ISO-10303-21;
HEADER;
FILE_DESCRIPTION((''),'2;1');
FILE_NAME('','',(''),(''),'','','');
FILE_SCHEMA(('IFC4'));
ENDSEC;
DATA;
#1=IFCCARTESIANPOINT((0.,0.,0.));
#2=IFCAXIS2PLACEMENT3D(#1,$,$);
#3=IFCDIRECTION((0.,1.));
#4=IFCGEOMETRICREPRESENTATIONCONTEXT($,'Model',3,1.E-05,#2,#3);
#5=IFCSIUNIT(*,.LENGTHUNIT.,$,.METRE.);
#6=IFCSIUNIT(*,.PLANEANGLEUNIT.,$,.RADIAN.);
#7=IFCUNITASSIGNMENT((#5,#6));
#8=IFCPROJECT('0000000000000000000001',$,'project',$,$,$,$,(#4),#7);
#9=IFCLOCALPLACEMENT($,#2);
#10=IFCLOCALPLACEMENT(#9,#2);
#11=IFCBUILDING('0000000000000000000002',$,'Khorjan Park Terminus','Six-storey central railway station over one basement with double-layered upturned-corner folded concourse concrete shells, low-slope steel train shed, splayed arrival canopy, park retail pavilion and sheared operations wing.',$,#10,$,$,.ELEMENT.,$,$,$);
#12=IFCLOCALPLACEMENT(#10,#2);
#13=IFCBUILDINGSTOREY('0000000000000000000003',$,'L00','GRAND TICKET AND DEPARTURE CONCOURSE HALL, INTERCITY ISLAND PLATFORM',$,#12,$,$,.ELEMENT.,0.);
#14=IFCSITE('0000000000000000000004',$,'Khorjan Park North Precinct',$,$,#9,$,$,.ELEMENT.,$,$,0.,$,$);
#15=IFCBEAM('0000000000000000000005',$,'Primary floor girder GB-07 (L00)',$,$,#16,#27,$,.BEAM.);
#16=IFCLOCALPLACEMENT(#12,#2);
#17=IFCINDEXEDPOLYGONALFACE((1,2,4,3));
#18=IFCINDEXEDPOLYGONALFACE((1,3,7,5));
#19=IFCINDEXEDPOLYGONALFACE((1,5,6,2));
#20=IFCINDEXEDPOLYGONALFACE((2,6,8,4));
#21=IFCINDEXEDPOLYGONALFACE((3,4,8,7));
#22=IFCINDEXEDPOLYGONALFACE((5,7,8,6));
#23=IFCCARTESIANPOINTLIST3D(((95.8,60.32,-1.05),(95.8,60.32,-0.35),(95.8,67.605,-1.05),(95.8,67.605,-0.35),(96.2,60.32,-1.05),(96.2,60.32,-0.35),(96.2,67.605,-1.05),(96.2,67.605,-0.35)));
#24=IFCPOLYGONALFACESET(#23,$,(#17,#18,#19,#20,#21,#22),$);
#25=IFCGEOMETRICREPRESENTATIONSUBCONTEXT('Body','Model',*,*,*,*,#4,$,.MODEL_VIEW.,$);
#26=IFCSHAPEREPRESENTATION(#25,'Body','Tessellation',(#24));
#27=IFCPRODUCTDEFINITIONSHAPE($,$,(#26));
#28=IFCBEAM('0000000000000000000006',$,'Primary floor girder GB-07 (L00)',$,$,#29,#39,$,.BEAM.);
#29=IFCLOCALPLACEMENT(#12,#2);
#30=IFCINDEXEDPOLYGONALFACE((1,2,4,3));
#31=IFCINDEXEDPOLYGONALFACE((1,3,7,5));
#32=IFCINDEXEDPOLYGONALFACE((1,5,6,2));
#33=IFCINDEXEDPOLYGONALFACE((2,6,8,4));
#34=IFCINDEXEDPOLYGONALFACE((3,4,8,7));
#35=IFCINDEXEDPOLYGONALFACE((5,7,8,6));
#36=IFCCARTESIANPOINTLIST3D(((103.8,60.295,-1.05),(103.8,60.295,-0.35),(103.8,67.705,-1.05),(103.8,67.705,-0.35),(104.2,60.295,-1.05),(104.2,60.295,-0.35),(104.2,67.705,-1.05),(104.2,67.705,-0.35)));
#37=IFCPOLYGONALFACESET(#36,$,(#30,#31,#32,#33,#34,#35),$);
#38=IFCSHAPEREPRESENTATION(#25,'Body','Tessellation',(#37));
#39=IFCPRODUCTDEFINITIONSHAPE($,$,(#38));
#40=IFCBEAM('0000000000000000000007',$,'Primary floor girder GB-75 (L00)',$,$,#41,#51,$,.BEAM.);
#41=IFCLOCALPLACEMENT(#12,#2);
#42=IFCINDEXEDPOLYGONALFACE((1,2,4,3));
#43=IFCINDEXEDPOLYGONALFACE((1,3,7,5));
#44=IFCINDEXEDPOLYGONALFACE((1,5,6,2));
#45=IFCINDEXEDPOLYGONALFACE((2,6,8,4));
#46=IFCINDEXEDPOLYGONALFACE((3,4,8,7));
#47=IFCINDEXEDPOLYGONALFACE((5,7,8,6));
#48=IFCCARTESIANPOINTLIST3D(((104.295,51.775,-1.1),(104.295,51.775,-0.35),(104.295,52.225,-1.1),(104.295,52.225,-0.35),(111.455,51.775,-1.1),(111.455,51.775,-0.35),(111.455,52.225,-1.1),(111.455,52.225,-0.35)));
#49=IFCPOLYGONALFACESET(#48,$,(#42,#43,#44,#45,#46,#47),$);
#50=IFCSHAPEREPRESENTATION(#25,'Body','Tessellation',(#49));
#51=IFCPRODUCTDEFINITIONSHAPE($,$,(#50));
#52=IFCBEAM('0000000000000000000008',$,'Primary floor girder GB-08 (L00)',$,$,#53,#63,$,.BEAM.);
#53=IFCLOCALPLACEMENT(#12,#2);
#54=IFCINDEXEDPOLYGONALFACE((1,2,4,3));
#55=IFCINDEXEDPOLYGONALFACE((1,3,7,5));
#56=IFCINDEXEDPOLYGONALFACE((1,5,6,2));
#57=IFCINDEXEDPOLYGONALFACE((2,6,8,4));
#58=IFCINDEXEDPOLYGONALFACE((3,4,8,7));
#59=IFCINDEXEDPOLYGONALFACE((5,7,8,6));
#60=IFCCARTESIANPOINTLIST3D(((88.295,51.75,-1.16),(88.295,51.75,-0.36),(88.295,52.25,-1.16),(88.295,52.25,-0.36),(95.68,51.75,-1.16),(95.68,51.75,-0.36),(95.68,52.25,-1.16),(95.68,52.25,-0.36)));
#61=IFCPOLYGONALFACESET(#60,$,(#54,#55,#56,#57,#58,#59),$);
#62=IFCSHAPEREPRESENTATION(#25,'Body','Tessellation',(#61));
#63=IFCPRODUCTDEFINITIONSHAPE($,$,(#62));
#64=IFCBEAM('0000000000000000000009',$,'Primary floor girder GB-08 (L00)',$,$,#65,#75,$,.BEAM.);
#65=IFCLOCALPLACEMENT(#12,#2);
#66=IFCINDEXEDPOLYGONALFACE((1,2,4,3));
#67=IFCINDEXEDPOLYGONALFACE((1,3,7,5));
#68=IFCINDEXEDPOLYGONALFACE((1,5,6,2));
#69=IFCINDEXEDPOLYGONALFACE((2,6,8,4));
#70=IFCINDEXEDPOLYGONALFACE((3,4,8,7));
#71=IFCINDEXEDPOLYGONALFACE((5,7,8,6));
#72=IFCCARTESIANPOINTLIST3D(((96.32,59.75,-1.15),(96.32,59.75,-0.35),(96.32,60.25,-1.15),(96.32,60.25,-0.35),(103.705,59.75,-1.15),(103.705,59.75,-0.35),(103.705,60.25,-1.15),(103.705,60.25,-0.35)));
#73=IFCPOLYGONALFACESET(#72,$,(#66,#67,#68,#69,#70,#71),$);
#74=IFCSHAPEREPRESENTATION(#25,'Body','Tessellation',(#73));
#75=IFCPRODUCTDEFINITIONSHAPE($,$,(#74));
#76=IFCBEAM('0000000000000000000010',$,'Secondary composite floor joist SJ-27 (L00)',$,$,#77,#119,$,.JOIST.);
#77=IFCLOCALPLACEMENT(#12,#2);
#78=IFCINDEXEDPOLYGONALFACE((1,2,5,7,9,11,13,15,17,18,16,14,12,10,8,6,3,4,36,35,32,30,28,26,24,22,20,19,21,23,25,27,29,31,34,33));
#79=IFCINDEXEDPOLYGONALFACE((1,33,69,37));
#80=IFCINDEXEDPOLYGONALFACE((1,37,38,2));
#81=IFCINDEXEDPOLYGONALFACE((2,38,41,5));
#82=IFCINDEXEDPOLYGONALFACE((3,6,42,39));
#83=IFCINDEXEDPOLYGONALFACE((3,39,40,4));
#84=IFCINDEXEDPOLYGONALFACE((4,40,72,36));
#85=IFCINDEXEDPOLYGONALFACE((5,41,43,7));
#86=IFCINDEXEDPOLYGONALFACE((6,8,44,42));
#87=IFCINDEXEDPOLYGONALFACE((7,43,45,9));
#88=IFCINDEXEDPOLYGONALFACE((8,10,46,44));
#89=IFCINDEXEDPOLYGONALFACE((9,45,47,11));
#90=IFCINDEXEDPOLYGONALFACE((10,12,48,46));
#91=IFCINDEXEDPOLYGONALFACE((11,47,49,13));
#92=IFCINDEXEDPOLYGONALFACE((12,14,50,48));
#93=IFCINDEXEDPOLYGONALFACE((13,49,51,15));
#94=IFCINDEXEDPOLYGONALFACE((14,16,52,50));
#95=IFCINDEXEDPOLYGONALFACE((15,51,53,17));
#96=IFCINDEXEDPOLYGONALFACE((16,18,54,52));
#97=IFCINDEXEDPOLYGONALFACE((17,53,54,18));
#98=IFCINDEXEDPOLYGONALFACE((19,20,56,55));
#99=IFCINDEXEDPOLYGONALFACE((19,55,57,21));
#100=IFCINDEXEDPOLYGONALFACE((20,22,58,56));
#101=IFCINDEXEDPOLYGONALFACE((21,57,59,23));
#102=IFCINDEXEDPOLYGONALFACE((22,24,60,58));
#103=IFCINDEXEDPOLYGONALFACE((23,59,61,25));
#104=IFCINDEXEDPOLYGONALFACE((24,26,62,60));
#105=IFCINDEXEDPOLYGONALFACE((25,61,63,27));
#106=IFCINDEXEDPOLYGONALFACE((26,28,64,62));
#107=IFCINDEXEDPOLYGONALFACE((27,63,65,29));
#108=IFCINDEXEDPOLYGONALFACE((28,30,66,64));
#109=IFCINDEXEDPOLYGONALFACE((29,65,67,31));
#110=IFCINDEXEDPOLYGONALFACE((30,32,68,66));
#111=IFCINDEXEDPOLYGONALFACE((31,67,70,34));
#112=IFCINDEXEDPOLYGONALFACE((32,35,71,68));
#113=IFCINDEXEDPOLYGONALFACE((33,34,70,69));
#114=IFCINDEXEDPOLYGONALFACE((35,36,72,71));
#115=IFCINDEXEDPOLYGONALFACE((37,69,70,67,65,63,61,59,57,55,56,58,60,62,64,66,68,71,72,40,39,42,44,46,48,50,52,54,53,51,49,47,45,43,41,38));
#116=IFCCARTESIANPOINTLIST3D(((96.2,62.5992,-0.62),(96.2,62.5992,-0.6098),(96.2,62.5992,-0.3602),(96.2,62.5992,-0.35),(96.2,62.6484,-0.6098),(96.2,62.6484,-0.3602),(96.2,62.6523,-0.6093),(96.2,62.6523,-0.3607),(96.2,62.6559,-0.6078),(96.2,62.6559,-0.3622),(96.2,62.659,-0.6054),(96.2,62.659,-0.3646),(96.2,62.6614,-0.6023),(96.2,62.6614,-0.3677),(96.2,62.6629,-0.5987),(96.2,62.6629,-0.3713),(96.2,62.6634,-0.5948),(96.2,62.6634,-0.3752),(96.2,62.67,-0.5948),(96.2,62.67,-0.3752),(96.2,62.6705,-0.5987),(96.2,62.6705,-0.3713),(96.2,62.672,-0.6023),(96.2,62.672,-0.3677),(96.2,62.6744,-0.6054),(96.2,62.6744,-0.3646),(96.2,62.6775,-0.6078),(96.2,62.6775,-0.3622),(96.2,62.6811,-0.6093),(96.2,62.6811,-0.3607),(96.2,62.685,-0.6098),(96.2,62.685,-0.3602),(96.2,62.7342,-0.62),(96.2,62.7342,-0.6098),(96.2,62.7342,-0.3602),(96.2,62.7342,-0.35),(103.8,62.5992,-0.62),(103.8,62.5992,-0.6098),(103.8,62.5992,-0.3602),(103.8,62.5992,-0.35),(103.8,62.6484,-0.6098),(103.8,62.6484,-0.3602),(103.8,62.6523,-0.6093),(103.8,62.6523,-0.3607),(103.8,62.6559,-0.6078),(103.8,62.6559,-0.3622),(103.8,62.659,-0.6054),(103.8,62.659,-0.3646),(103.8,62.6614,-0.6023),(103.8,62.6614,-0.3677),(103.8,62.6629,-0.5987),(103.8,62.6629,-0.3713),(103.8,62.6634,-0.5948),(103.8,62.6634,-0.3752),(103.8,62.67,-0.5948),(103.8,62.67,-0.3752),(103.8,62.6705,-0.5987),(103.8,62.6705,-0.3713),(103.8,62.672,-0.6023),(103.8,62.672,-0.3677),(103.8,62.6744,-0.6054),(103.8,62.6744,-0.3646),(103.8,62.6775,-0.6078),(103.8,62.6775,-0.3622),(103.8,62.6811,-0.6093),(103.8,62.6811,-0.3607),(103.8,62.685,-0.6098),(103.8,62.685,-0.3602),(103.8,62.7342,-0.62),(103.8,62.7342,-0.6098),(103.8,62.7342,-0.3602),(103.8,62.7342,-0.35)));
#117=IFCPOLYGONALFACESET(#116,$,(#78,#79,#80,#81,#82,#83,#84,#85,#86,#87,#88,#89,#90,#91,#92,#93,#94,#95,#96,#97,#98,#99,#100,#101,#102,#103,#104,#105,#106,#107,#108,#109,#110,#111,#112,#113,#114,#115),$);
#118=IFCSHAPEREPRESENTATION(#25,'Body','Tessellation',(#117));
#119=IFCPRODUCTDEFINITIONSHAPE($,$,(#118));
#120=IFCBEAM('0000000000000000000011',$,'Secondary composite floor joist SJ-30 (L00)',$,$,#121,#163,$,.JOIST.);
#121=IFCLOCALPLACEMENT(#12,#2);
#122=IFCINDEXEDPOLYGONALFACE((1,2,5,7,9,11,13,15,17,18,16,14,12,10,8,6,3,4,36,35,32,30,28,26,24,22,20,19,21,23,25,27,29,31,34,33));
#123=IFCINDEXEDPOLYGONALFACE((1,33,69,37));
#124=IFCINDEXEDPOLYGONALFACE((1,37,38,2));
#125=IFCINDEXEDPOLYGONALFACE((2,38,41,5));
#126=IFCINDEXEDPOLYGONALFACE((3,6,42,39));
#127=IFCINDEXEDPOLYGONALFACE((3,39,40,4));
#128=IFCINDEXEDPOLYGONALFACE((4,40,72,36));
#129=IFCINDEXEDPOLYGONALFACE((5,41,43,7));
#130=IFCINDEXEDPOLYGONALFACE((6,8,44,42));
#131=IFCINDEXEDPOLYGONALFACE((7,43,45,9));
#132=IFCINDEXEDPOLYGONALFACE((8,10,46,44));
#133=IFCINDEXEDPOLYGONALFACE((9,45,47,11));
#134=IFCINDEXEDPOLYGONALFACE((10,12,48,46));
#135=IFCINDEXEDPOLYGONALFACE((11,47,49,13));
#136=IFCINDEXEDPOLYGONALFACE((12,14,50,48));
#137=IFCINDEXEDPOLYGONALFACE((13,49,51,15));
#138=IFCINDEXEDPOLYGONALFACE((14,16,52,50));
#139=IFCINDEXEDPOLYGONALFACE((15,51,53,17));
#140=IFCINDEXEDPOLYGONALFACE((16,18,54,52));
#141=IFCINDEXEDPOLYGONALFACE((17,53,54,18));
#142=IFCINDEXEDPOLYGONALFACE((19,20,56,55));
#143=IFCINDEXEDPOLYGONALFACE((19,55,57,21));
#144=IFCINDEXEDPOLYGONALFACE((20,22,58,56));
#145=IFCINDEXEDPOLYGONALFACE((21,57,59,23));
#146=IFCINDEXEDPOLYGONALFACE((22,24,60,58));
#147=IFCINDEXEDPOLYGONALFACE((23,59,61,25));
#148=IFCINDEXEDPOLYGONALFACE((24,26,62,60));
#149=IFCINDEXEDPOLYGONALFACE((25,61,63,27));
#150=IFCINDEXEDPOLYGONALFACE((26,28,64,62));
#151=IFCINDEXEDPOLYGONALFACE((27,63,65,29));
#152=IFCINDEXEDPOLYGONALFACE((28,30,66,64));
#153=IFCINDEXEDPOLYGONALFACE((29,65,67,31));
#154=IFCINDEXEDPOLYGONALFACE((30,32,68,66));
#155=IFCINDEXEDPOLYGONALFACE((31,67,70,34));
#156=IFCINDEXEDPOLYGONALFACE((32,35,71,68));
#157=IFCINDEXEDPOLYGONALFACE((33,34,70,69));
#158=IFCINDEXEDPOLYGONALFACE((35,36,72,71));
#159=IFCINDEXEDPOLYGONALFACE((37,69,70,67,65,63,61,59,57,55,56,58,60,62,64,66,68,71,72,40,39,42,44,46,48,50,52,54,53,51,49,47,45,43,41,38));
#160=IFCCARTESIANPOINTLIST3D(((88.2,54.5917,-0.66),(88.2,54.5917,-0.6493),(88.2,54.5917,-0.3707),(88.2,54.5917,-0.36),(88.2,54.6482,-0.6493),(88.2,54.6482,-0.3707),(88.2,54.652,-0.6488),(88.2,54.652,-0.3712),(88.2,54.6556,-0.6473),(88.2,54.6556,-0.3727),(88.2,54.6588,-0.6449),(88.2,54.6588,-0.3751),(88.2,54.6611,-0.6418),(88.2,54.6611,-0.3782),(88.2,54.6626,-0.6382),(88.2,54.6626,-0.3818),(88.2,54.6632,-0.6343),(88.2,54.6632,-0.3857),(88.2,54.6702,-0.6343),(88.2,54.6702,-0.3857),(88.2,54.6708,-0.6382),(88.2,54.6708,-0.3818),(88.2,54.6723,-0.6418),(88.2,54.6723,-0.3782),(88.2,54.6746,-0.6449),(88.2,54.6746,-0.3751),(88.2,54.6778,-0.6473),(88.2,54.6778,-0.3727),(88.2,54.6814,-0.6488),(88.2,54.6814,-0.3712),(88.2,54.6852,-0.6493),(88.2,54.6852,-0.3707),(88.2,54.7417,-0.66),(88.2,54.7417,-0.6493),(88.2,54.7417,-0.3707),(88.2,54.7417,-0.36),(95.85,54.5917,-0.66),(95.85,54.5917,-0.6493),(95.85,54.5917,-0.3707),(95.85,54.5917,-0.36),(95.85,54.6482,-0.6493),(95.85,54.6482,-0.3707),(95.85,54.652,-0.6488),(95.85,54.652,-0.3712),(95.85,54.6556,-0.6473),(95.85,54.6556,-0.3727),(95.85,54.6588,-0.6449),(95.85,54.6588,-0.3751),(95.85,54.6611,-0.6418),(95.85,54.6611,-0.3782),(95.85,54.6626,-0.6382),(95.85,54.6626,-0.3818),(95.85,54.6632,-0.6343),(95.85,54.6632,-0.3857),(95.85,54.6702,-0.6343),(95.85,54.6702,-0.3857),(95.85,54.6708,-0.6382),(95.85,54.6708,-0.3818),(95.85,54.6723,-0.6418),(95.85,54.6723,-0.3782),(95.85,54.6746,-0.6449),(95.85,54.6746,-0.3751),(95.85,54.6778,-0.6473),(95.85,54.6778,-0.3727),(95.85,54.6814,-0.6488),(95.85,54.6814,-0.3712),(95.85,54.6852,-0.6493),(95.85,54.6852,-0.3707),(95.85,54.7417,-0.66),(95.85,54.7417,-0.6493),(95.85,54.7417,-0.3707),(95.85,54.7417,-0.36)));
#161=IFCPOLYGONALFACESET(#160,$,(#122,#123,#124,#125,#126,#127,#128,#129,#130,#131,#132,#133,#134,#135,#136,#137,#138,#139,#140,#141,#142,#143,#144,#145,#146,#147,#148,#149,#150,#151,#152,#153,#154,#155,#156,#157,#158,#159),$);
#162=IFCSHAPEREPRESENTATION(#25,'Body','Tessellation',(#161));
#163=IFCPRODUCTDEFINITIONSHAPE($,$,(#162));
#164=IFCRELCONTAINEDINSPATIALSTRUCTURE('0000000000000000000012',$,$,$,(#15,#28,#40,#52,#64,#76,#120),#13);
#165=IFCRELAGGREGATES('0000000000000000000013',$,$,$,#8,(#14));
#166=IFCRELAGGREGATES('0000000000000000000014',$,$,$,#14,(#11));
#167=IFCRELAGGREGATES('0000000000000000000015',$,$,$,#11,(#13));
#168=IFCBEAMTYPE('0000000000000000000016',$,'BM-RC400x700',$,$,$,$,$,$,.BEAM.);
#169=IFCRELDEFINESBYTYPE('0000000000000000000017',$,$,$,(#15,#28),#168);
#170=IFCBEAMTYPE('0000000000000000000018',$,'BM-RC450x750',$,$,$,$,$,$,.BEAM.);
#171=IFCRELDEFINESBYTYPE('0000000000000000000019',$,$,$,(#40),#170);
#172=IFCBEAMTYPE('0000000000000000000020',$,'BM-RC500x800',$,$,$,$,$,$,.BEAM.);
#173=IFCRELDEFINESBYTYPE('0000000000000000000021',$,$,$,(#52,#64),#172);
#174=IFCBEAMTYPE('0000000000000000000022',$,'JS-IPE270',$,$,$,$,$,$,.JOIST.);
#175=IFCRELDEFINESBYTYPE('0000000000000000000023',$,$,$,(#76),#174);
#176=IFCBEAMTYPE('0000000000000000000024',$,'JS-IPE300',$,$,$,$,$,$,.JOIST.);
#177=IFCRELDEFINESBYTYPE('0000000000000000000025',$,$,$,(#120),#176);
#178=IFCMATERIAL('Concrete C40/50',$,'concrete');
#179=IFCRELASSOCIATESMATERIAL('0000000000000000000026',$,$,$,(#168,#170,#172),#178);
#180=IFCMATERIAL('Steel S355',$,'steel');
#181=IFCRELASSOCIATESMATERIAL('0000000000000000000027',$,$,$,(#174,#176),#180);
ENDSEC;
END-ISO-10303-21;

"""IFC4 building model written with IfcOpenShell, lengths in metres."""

from ifc_helpers import new_model, si_unit, direction, frame, origin, origin_2d, place, context, subcontext, project, spatial, rectangle, i_section, extrude, material, material_profile, profile_set, type_object, element, save


model = new_model("IFC4")

# Units and contexts
model_context = context("Model", 3, precision=1e-05, world=origin(), true_north=direction((0.0, 1.0)))
body_context = subcontext(model_context, "Body", "Model", "MODEL_VIEW")
ifc_project = project(units=[si_unit("LENGTHUNIT", "METRE"), si_unit("PLANEANGLEUNIT", "RADIAN")], contexts=[model_context])

# Site, building, storey
site_placement = place(None, origin())
site = spatial("IfcSite", under=ifc_project, at=site_placement, Name="Khorjan Park North Precinct", CompositionType="ELEMENT", RefElevation=0.0)
building_placement = place(site_placement, origin())
building = spatial("IfcBuilding", under=site, at=building_placement, Name="Khorjan Park Terminus", Description="Six-storey central railway station over one basement with double-layered upturned-corner folded concourse concrete shells, low-slope steel train shed, splayed arrival canopy, park retail pavilion and sheared operations wing.", CompositionType="ELEMENT")
storey_placement = place(building_placement, origin())
storey = spatial("IfcBuildingStorey", under=building, at=storey_placement, Name="L00", Description="GRAND TICKET AND DEPARTURE CONCOURSE HALL, INTERCITY ISLAND PLATFORM", CompositionType="ELEMENT", Elevation=0.0)

# Beams
ifc_material_1 = material(Name="Steel S355", Category="steel")
ifc_material_2 = material(Name="Concrete C40/50", Category="concrete")
ifc_material_profile_1 = material_profile(ifc_material_2, rectangle(XDim=0.4, YDim=0.7, at=origin_2d()), Name="RC 400x700")
ifc_profile_set_1 = profile_set([ifc_material_profile_1], Name="Concrete C40/50")
beam_type_1 = type_object("IfcBeamType", Name="BM-RC400x700", PredefinedType="BEAM", material=ifc_profile_set_1)
beam_1_placement = place(storey_placement, frame((96.0, 60.32, -0.7), z_axis=(0.0, 1.0, 0.0), x_axis=(-1.0, 0.0, 0.0)))
element("IfcBeam", 1, at=beam_1_placement, inside=storey, type_object=beam_type_1, Name="Primary floor girder GB-07 (L00)", PredefinedType="BEAM", context=body_context, shape_type="SweptSolid", body=[
    extrude(rectangle(XDim=0.4, YDim=0.7, at=origin_2d()), origin(), (0.0, 0.0, 1.0), 7.285),
])
beam_2_placement = place(storey_placement, frame((104.0, 60.295, -0.7), z_axis=(0.0, 1.0, 0.0), x_axis=(-1.0, 0.0, 0.0)))
element("IfcBeam", 2, at=beam_2_placement, inside=storey, type_object=beam_type_1, Name="Primary floor girder GB-07 (L00)", PredefinedType="BEAM", context=body_context, shape_type="SweptSolid", body=[
    extrude(rectangle(XDim=0.4, YDim=0.7, at=origin_2d()), origin(), (0.0, 0.0, 1.0), 7.41),
])
ifc_material_profile_2 = material_profile(ifc_material_2, rectangle(XDim=0.45, YDim=0.75, at=origin_2d()), Name="RC 450x750")
ifc_profile_set_2 = profile_set([ifc_material_profile_2], Name="Concrete C40/50")
beam_type_2 = type_object("IfcBeamType", Name="BM-RC450x750", PredefinedType="BEAM", material=ifc_profile_set_2)
beam_3_placement = place(storey_placement, frame((104.295, 52.0, -0.725), z_axis=(1.0, 0.0, 0.0), x_axis=(0.0, 1.0, 0.0)))
element("IfcBeam", 3, at=beam_3_placement, inside=storey, type_object=beam_type_2, Name="Primary floor girder GB-75 (L00)", PredefinedType="BEAM", context=body_context, shape_type="SweptSolid", body=[
    extrude(rectangle(XDim=0.45, YDim=0.75, at=origin_2d()), origin(), (0.0, 0.0, 1.0), 7.16),
])
ifc_material_profile_3 = material_profile(ifc_material_2, rectangle(XDim=0.5, YDim=0.8, at=origin_2d()), Name="RC 500x800")
ifc_profile_set_3 = profile_set([ifc_material_profile_3], Name="Concrete C40/50")
beam_type_3 = type_object("IfcBeamType", Name="BM-RC500x800", PredefinedType="BEAM", material=ifc_profile_set_3)
for number, where, z_axis, x_axis, name in (
    (4, (88.295, 52.0, -0.76), (1.0, 0.0, 0.0), (0.0, 1.0, 0.0), "Primary floor girder GB-08 (L00)"),
    (5, (96.32, 60.0, -0.75), (1.0, 0.0, 0.0), (0.0, 1.0, 0.0), "Primary floor girder GB-08 (L00)"),
):
    element("IfcBeam", number, at=place(storey_placement, frame(where, z_axis=z_axis, x_axis=x_axis)), inside=storey, type_object=beam_type_3, Name=name, PredefinedType="BEAM", context=body_context, shape_type="SweptSolid", body=[
        extrude(rectangle(XDim=0.5, YDim=0.8, at=origin_2d()), origin(), (0.0, 0.0, 1.0), 7.385),
    ])
ifc_material_profile_4 = material_profile(ifc_material_1, i_section(OverallWidth=0.135, OverallDepth=0.27, WebThickness=0.0066, FlangeThickness=0.0102, FilletRadius=0.015, at=origin_2d()), Name="IPE 270")
ifc_profile_set_4 = profile_set([ifc_material_profile_4], Name="Steel S355")
beam_type_4 = type_object("IfcBeamType", Name="JS-IPE270", PredefinedType="JOIST", material=ifc_profile_set_4)
beam_4_placement = place(storey_placement, frame((96.2, 62.6667, -0.485), z_axis=(1.0, 0.0, 0.0), x_axis=(0.0, 1.0, 0.0)))
element("IfcBeam", 6, at=beam_4_placement, inside=storey, type_object=beam_type_4, Name="Secondary composite floor joist SJ-27 (L00)", PredefinedType="JOIST", context=body_context, shape_type="SweptSolid", body=[
    extrude(i_section(OverallWidth=0.135, OverallDepth=0.27, WebThickness=0.0066, FlangeThickness=0.0102, FilletRadius=0.015, at=origin_2d()), origin(), (0.0, 0.0, 1.0), 7.6),
])
ifc_material_profile_5 = material_profile(ifc_material_1, i_section(OverallWidth=0.15, OverallDepth=0.3, WebThickness=0.0071, FlangeThickness=0.0107, FilletRadius=0.015, at=origin_2d()), Name="IPE 300")
ifc_profile_set_5 = profile_set([ifc_material_profile_5], Name="Steel S355")
beam_type_5 = type_object("IfcBeamType", Name="JS-IPE300", PredefinedType="JOIST", material=ifc_profile_set_5)
beam_5_placement = place(storey_placement, frame((88.2, 54.6667, -0.51), z_axis=(1.0, 0.0, 0.0), x_axis=(0.0, 1.0, 0.0)))
element("IfcBeam", 7, at=beam_5_placement, inside=storey, type_object=beam_type_5, Name="Secondary composite floor joist SJ-30 (L00)", PredefinedType="JOIST", context=body_context, shape_type="SweptSolid", body=[
    extrude(i_section(OverallWidth=0.15, OverallDepth=0.3, WebThickness=0.0071, FlangeThickness=0.0107, FilletRadius=0.015, at=origin_2d()), origin(), (0.0, 0.0, 1.0), 7.65),
])

save(model, "model.ifc")
